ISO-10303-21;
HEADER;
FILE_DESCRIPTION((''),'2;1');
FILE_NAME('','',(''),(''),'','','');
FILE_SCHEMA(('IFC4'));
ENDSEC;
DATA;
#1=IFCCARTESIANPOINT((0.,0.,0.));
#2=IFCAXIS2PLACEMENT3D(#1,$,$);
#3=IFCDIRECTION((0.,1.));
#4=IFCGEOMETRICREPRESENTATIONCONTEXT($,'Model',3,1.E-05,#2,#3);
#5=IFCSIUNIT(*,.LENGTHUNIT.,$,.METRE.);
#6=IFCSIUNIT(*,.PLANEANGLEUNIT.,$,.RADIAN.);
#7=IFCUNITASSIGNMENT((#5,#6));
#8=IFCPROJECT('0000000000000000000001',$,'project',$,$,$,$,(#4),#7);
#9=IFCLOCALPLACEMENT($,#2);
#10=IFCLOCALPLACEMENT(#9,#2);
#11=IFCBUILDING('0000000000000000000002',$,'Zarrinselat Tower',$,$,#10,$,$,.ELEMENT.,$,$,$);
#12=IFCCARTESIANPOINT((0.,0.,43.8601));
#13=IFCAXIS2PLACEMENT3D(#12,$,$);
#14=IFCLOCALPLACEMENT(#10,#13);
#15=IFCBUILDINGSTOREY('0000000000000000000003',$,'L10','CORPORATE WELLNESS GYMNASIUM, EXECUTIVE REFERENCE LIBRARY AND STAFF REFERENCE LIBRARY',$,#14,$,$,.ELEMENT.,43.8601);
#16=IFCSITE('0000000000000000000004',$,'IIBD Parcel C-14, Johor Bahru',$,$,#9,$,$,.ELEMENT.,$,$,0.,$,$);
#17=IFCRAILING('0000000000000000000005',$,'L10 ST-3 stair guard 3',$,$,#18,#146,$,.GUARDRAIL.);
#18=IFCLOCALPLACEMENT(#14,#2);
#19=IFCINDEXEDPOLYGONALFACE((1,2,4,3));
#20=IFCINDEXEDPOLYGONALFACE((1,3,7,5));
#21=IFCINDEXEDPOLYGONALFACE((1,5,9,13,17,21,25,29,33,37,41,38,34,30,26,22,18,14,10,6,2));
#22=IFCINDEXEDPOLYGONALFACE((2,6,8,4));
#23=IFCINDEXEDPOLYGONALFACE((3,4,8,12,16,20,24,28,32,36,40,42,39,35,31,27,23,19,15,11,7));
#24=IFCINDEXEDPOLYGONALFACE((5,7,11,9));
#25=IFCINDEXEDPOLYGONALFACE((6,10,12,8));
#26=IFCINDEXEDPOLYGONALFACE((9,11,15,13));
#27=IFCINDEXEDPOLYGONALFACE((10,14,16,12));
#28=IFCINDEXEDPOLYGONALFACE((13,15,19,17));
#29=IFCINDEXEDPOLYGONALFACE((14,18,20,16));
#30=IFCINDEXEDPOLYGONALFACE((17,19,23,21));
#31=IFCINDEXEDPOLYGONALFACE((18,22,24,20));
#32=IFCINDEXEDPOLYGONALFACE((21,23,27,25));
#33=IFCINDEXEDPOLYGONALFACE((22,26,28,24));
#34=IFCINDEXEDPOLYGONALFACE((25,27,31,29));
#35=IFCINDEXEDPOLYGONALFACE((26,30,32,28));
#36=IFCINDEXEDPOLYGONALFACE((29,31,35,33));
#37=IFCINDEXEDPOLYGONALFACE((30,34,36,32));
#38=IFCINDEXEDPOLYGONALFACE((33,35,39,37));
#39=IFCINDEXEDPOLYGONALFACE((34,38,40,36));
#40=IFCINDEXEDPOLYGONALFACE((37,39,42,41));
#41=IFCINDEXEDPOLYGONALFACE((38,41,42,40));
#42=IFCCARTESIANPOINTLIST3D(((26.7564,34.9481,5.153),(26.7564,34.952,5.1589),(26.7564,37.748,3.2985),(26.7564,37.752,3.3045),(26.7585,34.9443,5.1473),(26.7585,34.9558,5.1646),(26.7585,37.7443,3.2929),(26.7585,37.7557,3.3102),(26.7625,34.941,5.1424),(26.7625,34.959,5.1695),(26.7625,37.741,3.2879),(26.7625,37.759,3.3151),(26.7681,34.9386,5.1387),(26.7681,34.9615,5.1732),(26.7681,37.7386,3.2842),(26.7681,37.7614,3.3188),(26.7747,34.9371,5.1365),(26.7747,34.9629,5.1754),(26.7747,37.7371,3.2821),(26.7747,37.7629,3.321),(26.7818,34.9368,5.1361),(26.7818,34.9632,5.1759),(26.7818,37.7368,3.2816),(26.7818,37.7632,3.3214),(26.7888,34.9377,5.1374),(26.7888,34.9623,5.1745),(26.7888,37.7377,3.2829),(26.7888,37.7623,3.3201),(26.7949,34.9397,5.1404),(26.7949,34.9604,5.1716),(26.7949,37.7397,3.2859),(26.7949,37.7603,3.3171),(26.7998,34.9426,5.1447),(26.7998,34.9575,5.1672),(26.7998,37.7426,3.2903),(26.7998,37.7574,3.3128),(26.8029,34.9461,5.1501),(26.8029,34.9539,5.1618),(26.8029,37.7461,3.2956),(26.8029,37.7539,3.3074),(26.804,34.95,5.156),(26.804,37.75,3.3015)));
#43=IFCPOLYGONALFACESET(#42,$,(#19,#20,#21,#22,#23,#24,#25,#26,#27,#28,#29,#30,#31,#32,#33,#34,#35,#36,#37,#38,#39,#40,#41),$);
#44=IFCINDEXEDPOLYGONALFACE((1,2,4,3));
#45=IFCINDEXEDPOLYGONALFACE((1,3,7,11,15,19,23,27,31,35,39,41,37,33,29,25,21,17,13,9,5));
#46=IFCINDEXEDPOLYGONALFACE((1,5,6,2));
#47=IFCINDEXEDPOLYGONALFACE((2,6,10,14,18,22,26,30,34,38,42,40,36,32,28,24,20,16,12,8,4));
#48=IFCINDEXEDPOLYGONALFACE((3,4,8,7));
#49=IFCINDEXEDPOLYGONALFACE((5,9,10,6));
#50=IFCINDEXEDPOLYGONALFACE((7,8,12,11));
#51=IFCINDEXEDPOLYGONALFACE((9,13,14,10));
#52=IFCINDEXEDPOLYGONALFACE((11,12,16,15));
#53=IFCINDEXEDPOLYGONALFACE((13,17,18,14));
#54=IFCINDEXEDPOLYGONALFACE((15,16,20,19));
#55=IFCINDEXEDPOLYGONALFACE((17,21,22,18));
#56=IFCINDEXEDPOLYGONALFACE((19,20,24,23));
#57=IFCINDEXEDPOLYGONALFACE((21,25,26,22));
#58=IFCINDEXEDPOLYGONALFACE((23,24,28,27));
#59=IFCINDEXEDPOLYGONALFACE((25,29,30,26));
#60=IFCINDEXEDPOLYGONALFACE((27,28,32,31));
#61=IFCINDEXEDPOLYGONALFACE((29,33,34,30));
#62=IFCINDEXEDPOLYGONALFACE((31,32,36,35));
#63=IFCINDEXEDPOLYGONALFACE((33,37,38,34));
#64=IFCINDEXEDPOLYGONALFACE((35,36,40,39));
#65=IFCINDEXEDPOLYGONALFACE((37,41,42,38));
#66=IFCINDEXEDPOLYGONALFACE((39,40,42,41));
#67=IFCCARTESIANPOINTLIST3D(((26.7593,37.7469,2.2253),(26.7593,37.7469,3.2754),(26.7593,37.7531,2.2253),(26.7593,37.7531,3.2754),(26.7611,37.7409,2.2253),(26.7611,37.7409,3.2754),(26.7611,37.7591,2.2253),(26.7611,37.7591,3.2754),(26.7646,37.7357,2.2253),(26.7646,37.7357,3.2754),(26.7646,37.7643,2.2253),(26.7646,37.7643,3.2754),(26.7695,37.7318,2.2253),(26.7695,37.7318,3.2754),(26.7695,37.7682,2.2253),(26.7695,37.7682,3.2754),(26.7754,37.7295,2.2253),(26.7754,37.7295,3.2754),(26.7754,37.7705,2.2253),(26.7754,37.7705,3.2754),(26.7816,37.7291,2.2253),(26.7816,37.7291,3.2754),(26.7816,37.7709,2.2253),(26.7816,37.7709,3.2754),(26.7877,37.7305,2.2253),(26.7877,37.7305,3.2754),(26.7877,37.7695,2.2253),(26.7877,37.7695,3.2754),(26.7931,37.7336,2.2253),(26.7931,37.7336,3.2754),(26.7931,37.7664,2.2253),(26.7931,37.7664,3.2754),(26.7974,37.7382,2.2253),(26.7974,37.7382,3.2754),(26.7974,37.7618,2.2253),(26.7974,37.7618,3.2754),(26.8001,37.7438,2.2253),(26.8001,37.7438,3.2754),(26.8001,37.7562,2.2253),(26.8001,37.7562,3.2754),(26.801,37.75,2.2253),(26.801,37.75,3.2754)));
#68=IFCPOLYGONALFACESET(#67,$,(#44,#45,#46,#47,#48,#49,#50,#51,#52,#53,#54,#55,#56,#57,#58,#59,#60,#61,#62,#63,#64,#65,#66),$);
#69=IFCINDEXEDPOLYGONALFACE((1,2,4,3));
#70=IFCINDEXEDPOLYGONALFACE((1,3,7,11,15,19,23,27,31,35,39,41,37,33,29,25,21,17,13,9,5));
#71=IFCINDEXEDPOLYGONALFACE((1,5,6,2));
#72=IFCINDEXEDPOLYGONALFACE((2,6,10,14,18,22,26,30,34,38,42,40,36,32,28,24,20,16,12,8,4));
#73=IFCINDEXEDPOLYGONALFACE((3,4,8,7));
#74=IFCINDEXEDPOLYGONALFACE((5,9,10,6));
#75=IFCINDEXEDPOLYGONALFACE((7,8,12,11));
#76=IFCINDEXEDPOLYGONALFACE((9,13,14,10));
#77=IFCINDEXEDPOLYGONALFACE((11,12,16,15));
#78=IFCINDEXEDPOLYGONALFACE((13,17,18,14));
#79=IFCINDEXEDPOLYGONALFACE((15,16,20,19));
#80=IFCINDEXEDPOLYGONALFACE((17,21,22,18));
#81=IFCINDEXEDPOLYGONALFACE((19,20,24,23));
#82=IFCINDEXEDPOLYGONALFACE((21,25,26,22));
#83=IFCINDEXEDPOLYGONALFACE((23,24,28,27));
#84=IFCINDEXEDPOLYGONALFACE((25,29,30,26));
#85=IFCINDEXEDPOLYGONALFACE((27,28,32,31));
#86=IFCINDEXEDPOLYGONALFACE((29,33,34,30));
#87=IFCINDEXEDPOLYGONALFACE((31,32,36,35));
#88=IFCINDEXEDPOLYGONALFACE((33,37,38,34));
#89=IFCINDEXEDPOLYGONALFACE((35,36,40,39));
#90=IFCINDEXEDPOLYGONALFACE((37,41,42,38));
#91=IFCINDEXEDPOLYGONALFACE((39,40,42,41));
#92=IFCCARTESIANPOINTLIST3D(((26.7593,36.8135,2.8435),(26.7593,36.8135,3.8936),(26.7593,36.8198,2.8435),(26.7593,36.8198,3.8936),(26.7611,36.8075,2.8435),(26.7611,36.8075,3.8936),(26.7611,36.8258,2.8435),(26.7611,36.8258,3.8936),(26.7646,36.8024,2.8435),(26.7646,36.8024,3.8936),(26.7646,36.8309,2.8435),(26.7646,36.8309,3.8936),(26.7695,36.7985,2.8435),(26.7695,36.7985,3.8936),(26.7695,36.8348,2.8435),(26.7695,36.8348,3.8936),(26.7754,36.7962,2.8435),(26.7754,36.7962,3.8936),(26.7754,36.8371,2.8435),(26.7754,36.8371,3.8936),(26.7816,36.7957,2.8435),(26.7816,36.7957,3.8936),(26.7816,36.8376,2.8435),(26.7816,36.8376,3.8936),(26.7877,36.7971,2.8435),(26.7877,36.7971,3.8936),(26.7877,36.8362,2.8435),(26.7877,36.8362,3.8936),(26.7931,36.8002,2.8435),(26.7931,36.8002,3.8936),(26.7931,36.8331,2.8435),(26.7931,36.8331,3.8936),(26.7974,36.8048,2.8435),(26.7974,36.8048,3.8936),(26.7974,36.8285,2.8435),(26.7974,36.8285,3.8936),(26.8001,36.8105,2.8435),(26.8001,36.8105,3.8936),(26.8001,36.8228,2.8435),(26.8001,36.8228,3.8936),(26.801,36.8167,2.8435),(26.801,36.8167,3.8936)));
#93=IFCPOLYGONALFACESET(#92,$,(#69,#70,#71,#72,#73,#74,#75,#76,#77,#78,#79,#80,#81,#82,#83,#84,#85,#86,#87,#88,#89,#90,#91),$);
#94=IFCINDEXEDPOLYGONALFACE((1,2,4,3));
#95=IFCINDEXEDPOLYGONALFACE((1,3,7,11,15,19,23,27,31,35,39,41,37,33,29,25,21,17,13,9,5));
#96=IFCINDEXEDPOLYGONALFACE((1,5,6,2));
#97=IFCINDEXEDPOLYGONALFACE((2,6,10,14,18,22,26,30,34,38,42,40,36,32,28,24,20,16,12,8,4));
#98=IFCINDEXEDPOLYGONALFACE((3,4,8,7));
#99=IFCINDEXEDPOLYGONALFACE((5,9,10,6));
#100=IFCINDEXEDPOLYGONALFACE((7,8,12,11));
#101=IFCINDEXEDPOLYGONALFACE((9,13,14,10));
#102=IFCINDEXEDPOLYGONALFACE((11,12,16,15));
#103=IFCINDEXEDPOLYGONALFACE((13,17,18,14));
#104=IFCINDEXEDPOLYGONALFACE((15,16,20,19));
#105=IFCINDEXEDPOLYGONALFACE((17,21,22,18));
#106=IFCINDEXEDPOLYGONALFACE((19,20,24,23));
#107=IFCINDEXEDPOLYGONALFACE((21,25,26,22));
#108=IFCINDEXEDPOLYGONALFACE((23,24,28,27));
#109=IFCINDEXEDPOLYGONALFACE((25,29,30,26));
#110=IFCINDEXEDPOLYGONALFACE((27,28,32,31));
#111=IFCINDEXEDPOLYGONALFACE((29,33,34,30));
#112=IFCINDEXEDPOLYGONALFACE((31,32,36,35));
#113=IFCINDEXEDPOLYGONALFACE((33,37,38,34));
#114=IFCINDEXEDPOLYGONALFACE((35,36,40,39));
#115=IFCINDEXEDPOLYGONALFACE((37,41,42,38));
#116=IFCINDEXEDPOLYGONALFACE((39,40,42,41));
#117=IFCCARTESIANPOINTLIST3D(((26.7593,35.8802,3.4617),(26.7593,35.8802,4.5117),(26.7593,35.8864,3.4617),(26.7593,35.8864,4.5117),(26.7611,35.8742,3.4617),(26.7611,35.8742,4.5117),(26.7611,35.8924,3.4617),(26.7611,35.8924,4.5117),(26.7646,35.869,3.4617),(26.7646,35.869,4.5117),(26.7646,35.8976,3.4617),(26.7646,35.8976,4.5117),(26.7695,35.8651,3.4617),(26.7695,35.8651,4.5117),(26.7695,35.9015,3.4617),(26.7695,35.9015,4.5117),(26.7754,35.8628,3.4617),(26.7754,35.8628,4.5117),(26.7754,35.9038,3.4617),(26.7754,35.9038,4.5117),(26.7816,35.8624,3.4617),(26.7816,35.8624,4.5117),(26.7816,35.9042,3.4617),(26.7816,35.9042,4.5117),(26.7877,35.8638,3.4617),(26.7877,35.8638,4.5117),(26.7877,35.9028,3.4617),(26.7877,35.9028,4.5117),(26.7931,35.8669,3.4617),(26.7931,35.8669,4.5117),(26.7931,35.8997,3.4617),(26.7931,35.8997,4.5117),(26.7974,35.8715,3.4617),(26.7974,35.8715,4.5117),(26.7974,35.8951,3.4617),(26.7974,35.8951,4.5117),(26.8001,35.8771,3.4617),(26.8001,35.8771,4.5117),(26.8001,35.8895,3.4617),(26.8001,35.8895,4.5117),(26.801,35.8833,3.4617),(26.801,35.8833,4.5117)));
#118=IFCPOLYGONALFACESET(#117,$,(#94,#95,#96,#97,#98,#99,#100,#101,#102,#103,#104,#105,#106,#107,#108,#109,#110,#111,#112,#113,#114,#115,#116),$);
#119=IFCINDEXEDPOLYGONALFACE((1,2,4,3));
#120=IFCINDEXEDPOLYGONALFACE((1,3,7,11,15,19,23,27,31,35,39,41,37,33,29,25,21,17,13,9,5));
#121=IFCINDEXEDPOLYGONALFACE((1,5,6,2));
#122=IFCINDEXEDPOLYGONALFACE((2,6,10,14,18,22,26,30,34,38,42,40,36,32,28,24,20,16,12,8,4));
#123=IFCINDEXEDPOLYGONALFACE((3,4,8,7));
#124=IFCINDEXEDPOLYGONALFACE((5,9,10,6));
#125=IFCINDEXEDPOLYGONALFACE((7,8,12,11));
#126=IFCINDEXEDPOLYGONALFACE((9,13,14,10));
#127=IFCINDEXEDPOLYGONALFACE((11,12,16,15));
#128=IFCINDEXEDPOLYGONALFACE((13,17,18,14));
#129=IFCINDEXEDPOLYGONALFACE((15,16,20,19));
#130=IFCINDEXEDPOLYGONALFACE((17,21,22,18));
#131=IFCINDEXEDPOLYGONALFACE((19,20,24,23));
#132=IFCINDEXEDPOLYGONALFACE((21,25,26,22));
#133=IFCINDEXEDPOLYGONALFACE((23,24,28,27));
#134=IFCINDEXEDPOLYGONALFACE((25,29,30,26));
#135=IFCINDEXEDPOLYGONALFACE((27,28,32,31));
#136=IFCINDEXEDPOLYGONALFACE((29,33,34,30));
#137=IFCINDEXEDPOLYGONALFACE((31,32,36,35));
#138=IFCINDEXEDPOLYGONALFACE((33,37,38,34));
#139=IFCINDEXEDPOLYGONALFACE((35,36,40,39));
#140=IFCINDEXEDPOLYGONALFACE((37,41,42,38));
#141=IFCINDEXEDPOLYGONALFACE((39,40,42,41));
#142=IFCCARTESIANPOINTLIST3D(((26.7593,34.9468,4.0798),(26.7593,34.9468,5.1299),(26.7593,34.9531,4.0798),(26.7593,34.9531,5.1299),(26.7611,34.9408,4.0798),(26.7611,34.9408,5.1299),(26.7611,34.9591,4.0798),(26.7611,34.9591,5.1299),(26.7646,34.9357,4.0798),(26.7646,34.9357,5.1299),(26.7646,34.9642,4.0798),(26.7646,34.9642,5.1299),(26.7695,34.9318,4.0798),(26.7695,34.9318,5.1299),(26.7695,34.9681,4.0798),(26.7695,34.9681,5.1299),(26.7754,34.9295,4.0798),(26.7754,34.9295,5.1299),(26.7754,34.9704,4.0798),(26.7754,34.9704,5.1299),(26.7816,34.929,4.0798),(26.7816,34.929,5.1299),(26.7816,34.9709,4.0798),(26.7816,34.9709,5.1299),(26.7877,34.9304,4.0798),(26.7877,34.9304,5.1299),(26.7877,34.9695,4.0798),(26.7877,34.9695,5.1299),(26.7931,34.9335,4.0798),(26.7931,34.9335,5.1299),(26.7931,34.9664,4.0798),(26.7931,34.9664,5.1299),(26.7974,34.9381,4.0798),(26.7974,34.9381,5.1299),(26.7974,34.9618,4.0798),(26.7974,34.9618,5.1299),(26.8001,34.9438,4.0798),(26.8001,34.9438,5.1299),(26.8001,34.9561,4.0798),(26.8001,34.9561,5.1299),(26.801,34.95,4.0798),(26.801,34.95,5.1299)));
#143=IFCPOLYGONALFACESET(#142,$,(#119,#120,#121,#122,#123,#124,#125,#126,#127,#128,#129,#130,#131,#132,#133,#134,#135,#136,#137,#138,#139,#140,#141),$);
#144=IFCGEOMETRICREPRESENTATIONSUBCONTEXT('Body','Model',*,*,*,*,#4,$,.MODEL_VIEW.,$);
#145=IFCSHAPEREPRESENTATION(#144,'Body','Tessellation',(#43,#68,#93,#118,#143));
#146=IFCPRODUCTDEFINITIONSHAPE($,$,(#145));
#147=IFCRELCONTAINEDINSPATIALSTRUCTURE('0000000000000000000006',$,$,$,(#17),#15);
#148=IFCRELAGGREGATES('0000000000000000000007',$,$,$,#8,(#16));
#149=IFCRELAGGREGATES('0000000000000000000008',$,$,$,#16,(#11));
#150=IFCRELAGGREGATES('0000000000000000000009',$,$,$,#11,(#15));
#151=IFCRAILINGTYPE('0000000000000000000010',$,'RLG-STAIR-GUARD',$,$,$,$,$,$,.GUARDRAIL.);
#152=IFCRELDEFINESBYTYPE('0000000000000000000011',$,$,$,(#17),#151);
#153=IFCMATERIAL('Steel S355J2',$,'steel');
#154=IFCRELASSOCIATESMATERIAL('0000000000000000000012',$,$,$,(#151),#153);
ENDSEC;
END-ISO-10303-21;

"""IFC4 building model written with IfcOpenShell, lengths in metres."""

from ifc_helpers import new_model, si_unit, direction, frame, origin, origin_2d, place, context, subcontext, project, spatial, circle, extrude, material, type_object, element, save


model = new_model("IFC4")

# Units and contexts
model_context = context("Model", 3, precision=1e-05, world=origin(), true_north=direction((0.0, 1.0)))
body_context = subcontext(model_context, "Body", "Model", "MODEL_VIEW")
ifc_project = project(units=[si_unit("LENGTHUNIT", "METRE"), si_unit("PLANEANGLEUNIT", "RADIAN")], contexts=[model_context])

# Site, building, storey
site_placement = place(None, origin())
site = spatial("IfcSite", under=ifc_project, at=site_placement, Name="IIBD Parcel C-14, Johor Bahru", CompositionType="ELEMENT", RefElevation=0.0)
building_placement = place(site_placement, origin())
building = spatial("IfcBuilding", under=site, at=building_placement, Name="Zarrinselat Tower", CompositionType="ELEMENT")
storey_placement = place(building_placement, frame((0.0, 0.0, 43.8601)))
storey = spatial("IfcBuildingStorey", under=building, at=storey_placement, Name="L10", Description="CORPORATE WELLNESS GYMNASIUM, EXECUTIVE REFERENCE LIBRARY AND STAFF REFERENCE LIBRARY", CompositionType="ELEMENT", Elevation=43.8601)

# Railing
ifc_material_1 = material(Name="Steel S355J2", Category="steel")
railing_type_1 = type_object("IfcRailingType", Name="RLG-STAIR-GUARD", PredefinedType="GUARDRAIL", material=ifc_material_1)
railing_1_placement = place(storey_placement, frame((26.78, 37.75, 2.2253)))
element("IfcRailing", 1, at=railing_1_placement, inside=storey, type_object=railing_type_1, Name="L10 ST-3 stair guard 3", PredefinedType="GUARDRAIL", context=body_context, shape_type="SweptSolid", body=[
    extrude(circle(Radius=0.0239, at=origin_2d()), frame((0.0, 0.0, 1.0762), z_axis=(0.0, -0.833724, 0.552181), x_axis=(1.0, 0.0, 0.0)), (0.0, 0.0, 1.0), 3.3584),
    extrude(circle(Radius=0.021, at=origin_2d()), origin(), (0.0, 0.0, 1.0), 1.05),
    extrude(circle(Radius=0.021, at=origin_2d()), frame((0.0, -0.9333, 0.6182)), (0.0, 0.0, 1.0), 1.05),
    extrude(circle(Radius=0.021, at=origin_2d()), frame((0.0, -1.8667, 1.2363)), (0.0, 0.0, 1.0), 1.05),
    extrude(circle(Radius=0.021, at=origin_2d()), frame((0.0, -2.8, 1.8545)), (0.0, 0.0, 1.0), 1.05),
])

save(model, "model.ifc")
